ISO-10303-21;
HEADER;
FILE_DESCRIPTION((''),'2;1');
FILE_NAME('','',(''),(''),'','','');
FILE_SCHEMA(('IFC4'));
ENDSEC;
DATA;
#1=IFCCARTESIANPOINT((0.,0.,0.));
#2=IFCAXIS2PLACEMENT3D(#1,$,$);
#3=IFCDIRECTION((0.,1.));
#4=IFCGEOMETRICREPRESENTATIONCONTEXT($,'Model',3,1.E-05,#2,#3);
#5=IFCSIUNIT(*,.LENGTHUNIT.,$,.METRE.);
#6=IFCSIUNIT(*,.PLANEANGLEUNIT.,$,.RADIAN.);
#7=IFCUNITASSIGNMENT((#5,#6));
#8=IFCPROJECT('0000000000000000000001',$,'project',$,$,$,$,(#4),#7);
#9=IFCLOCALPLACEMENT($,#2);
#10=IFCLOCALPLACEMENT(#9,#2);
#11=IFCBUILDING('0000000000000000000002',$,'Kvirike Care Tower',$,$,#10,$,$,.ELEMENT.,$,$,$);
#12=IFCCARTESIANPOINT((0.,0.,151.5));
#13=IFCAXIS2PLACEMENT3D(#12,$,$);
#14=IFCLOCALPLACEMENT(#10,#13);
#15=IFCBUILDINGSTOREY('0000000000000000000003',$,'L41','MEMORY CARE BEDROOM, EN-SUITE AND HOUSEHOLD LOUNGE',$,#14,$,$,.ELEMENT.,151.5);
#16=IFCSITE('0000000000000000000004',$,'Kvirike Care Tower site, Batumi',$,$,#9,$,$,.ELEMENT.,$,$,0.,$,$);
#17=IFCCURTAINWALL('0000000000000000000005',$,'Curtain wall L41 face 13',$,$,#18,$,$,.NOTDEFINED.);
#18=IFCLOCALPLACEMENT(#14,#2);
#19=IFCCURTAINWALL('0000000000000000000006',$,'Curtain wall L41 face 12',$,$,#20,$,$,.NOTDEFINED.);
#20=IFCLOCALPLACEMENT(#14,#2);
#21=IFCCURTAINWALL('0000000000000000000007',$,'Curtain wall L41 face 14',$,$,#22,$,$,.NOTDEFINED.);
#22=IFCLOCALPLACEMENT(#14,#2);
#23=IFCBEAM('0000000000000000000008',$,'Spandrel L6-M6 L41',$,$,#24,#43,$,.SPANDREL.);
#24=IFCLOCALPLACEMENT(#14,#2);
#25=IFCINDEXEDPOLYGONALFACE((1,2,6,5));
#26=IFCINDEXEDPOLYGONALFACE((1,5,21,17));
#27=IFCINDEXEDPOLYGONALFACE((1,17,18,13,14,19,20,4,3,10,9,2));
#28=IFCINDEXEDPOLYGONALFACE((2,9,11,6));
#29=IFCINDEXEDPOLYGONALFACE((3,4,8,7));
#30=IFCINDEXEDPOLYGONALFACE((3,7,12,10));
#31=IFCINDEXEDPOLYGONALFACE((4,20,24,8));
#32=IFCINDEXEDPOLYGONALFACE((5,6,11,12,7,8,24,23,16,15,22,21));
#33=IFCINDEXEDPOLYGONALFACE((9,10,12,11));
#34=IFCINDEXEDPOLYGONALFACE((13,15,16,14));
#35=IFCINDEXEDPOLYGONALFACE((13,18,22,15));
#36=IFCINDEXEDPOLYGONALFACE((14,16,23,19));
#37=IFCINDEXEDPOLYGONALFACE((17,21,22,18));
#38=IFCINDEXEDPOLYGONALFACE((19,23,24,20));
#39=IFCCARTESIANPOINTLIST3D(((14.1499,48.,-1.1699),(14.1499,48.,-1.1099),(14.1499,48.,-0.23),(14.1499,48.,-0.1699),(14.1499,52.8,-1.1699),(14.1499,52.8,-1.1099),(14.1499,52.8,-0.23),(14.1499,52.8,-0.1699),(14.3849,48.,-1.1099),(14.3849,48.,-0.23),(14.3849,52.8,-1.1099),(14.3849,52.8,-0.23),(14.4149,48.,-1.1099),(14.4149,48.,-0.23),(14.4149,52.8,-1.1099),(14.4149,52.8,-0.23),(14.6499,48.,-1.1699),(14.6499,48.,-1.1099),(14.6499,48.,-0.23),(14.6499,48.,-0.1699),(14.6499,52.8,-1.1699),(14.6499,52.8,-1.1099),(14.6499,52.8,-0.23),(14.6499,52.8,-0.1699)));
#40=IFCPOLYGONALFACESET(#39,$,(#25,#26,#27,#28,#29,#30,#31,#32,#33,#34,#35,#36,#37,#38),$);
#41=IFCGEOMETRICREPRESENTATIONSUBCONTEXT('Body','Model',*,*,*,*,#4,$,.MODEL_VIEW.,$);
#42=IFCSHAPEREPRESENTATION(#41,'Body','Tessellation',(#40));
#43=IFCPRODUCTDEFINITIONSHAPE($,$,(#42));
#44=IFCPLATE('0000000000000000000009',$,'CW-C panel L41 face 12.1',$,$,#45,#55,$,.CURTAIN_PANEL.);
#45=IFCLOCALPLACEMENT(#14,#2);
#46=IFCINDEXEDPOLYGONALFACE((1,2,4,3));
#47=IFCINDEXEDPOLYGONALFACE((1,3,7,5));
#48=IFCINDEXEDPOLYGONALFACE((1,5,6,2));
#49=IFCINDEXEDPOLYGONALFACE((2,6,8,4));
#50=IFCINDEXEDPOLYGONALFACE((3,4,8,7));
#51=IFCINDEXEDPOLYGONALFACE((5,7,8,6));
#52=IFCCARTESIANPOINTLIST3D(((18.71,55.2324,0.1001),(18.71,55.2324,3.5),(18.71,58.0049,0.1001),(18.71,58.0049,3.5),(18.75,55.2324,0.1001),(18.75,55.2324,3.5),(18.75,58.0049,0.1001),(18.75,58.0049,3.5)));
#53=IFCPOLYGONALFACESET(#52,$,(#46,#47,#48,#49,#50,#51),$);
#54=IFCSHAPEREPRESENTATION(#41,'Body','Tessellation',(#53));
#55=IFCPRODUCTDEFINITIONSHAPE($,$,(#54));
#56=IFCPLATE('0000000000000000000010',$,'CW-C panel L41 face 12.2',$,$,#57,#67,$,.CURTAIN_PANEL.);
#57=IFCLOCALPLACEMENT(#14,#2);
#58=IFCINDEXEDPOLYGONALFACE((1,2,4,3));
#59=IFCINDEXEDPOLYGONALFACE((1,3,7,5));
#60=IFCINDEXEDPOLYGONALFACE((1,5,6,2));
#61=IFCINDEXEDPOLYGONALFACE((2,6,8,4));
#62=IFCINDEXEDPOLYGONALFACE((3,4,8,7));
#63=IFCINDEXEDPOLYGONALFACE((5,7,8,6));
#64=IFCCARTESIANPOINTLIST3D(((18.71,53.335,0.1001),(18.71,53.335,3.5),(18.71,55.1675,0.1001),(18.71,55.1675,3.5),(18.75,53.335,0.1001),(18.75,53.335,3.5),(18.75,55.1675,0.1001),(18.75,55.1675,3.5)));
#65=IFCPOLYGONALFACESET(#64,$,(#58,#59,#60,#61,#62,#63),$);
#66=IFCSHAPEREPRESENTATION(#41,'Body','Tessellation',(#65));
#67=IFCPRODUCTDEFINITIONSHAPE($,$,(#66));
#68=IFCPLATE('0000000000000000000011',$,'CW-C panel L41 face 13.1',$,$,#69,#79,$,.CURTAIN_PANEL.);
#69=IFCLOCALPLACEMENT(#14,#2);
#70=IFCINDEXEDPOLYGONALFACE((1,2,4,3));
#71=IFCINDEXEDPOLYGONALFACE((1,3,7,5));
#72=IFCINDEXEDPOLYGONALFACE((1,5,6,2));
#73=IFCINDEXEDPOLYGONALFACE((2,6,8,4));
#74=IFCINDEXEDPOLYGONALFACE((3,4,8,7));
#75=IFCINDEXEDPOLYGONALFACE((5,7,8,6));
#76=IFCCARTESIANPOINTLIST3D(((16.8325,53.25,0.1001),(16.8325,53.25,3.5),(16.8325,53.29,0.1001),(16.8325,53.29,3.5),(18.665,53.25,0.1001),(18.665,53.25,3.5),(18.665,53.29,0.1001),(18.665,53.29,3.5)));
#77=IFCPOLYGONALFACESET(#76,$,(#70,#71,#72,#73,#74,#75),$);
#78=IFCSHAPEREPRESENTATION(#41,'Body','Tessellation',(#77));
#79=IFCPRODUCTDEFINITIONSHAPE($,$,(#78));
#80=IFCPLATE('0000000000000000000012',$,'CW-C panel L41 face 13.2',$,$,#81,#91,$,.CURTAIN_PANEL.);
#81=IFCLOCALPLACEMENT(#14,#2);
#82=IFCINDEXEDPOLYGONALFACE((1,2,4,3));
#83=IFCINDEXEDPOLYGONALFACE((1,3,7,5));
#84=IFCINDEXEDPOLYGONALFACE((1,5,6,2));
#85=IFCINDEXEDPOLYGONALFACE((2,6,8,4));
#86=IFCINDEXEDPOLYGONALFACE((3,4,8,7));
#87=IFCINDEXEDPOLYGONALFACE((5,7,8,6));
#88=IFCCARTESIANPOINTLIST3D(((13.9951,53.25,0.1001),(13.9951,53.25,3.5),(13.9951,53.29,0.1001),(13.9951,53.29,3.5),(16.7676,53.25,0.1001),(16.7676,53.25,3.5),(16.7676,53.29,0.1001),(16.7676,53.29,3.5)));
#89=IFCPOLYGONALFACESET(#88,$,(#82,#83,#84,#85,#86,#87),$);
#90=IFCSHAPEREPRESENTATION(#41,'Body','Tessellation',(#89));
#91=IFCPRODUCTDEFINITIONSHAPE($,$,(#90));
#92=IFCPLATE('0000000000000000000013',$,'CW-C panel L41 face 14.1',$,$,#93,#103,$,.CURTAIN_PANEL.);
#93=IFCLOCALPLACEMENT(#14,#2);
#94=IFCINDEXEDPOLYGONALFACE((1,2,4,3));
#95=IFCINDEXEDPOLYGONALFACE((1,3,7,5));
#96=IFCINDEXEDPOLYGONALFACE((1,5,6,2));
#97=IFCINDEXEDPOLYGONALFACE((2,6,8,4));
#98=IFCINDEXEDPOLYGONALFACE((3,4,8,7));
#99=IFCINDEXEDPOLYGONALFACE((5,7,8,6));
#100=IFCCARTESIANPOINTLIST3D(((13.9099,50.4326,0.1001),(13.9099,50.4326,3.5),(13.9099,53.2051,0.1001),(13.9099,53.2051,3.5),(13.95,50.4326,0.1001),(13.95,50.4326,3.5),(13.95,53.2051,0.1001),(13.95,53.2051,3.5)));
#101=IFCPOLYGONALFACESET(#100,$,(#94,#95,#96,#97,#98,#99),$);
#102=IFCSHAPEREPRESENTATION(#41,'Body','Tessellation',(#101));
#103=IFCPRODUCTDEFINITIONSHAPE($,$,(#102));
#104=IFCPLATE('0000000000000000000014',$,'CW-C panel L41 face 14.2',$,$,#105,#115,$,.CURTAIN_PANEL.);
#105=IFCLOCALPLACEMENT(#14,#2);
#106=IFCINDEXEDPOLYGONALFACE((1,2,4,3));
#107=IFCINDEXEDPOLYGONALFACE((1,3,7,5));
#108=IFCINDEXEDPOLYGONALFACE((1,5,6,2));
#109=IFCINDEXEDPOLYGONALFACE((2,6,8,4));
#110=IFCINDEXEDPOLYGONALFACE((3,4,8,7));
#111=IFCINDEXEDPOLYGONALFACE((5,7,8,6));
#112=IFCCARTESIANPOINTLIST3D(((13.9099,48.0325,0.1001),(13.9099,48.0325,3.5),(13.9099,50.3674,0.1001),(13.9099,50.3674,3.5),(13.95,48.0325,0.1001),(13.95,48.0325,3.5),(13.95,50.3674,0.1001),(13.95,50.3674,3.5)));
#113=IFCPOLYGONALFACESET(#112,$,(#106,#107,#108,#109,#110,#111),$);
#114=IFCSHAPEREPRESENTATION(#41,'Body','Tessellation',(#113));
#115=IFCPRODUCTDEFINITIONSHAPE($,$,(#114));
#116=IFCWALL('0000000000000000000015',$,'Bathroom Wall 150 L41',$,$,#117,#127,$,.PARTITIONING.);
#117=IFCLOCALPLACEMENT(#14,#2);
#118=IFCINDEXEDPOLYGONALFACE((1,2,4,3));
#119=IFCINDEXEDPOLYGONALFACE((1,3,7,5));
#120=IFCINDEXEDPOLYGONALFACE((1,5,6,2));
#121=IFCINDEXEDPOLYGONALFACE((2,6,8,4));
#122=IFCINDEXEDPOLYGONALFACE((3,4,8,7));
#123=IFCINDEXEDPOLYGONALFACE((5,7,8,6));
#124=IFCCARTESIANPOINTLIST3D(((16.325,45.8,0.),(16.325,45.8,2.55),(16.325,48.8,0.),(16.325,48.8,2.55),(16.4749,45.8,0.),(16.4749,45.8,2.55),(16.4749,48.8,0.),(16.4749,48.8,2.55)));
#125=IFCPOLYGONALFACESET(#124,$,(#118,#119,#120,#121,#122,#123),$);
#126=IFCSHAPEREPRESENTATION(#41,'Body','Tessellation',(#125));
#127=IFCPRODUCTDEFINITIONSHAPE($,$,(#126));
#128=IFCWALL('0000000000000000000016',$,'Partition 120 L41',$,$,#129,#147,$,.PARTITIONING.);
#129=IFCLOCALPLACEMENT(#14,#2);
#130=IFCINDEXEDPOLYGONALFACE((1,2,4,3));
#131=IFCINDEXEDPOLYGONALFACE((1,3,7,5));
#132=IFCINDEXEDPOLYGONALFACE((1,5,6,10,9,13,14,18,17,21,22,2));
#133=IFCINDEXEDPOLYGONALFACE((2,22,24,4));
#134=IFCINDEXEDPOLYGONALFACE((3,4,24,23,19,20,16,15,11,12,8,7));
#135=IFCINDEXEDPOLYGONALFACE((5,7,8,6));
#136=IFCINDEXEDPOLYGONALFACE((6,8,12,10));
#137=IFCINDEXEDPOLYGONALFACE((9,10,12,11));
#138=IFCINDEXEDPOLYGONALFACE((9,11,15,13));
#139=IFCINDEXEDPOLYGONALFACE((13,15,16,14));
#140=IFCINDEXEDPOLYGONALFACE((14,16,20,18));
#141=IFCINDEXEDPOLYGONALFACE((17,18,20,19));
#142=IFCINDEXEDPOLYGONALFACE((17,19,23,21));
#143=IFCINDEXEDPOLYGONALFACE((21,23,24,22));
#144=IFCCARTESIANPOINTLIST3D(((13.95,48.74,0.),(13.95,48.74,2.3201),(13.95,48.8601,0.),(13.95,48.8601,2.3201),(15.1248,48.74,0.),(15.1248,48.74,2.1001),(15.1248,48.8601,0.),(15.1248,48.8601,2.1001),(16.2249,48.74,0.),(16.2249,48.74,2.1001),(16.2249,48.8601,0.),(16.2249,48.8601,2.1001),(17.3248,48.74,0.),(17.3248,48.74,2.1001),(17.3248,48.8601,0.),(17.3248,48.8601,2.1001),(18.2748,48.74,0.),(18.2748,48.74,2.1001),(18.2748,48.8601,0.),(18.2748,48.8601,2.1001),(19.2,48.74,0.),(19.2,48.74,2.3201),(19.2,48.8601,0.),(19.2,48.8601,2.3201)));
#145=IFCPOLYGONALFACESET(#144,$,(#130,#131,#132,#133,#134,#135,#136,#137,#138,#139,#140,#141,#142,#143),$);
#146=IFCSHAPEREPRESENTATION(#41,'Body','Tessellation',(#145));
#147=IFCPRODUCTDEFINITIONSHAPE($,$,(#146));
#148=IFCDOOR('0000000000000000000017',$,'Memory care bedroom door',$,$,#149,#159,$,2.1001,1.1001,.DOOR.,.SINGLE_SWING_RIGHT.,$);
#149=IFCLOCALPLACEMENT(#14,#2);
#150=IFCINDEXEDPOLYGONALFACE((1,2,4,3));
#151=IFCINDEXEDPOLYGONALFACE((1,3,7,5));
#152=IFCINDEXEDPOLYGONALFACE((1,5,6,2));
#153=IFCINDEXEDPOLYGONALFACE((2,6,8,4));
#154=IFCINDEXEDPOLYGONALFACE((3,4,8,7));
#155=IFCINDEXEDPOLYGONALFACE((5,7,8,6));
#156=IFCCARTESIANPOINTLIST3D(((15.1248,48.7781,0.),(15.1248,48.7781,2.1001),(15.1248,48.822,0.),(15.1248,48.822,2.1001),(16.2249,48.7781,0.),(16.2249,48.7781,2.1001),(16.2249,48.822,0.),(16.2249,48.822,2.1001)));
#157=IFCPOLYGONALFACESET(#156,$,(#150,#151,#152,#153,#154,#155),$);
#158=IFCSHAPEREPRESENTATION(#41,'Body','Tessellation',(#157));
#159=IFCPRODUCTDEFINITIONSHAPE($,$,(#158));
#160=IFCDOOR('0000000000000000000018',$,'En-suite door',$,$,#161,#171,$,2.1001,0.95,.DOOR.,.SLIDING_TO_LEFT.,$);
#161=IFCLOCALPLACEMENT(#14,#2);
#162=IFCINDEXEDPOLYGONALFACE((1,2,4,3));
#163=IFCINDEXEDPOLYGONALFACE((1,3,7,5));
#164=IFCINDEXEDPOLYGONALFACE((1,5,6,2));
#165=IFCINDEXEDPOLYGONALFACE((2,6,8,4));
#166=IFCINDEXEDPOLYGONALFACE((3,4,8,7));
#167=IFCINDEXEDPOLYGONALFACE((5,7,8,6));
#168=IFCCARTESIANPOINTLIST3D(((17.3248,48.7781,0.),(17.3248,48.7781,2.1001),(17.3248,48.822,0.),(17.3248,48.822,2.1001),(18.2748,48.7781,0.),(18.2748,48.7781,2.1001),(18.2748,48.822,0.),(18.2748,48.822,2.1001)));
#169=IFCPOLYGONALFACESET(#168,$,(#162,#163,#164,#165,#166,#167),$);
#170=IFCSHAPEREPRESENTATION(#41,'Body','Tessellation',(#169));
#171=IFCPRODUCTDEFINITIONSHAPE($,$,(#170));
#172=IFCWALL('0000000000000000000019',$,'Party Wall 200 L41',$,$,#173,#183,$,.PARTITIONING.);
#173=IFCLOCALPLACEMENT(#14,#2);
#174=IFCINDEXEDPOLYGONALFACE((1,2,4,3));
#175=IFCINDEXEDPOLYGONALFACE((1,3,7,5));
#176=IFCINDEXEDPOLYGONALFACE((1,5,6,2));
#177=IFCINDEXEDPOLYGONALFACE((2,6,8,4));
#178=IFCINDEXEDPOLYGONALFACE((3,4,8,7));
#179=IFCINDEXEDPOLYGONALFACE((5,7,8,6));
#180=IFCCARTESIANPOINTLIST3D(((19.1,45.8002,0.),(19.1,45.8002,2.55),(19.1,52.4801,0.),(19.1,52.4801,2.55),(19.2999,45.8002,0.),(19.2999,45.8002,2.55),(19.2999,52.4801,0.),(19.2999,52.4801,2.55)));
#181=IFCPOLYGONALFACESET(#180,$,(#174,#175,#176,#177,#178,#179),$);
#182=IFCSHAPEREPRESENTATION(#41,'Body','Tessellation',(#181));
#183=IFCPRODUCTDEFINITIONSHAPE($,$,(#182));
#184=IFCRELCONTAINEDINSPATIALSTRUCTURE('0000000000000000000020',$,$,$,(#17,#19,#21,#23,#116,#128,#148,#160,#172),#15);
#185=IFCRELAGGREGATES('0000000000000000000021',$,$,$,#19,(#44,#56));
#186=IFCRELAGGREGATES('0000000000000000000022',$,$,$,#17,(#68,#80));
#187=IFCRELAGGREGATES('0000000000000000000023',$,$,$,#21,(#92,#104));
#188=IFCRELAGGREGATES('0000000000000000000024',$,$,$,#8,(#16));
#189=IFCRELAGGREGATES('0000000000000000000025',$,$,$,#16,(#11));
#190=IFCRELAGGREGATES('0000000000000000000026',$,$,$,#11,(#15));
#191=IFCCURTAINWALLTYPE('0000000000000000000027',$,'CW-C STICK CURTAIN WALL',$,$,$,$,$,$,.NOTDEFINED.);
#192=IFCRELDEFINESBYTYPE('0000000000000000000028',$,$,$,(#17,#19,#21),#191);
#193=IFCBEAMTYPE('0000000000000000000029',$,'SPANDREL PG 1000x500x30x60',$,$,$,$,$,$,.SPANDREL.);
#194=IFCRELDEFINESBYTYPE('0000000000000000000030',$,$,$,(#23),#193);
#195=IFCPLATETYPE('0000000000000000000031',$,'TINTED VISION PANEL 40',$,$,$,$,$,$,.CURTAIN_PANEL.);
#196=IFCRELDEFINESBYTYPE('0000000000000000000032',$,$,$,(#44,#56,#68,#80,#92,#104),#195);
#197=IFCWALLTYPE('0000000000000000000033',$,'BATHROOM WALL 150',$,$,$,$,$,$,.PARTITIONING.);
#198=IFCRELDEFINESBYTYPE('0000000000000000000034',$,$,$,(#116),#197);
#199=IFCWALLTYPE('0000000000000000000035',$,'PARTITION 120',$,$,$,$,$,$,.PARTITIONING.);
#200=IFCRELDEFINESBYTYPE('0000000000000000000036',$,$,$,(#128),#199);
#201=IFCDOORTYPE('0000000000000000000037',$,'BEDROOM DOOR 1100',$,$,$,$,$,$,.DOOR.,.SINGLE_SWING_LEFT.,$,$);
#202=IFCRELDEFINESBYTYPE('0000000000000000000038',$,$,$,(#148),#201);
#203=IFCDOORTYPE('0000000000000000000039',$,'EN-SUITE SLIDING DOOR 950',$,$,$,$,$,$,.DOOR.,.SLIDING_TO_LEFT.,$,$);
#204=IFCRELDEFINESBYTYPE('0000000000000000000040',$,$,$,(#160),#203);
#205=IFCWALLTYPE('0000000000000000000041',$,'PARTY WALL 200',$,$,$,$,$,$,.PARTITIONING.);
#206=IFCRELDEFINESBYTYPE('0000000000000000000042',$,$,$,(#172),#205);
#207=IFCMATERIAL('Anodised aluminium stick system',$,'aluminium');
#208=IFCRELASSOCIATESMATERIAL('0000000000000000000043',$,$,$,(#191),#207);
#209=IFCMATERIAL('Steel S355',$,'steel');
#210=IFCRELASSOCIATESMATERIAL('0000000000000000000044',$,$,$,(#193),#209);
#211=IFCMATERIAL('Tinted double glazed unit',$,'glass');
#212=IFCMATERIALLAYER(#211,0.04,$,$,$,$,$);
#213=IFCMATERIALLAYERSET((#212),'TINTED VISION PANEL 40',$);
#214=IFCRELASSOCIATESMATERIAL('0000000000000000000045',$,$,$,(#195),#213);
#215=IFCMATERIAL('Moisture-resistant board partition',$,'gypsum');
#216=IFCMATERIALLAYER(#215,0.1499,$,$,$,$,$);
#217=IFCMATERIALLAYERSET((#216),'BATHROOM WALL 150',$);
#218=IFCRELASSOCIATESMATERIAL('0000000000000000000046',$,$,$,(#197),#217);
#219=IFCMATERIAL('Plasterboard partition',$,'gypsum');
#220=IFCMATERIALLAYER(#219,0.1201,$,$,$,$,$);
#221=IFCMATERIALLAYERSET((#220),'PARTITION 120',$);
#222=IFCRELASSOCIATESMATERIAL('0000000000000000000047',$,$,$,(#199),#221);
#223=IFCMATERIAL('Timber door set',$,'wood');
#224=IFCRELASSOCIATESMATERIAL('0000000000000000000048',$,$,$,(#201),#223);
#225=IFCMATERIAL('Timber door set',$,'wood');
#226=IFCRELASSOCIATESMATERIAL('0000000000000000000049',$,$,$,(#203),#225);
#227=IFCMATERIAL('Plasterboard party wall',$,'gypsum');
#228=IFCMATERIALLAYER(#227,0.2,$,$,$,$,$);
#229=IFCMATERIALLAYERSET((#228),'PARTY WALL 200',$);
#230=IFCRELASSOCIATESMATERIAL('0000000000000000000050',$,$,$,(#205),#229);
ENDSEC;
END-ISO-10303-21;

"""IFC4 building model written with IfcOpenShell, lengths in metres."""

from ifc_helpers import new_model, si_unit, direction, frame, frame_2d, origin, origin_2d, place, context, subcontext, project, spatial, rectangle, i_section, extrude, material, layer, layer_set, material_profile, profile_set, type_object, element, fill, aggregate, save


model = new_model("IFC4")

# Units and contexts
model_context = context("Model", 3, precision=1e-05, world=origin(), true_north=direction((0.0, 1.0)))
body_context = subcontext(model_context, "Body", "Model", "MODEL_VIEW")
ifc_project = project(units=[si_unit("LENGTHUNIT", "METRE"), si_unit("PLANEANGLEUNIT", "RADIAN")], contexts=[model_context])

# Site, building, storey
site_placement = place(None, origin())
site = spatial("IfcSite", under=ifc_project, at=site_placement, Name="Kvirike Care Tower site, Batumi", CompositionType="ELEMENT", RefElevation=0.0)
building_placement = place(site_placement, origin())
building = spatial("IfcBuilding", under=site, at=building_placement, Name="Kvirike Care Tower", CompositionType="ELEMENT")
storey_placement = place(building_placement, frame((0.0, 0.0, 151.5)))
storey = spatial("IfcBuildingStorey", under=building, at=storey_placement, Name="L41", Description="MEMORY CARE BEDROOM, EN-SUITE AND HOUSEHOLD LOUNGE", CompositionType="ELEMENT", Elevation=151.5)

# Curtain wall
ifc_material_1 = material(Name="Anodised aluminium stick system", Category="aluminium")
curtain_wall_type = type_object("IfcCurtainWallType", Name="CW-C STICK CURTAIN WALL", PredefinedType="NOTDEFINED", material=ifc_material_1)
curtain_wall_1_placement = place(storey_placement, origin())
curtain_wall_1 = element("IfcCurtainWall", 1, at=curtain_wall_1_placement, inside=storey, type_object=curtain_wall_type, Name="Curtain wall L41 face 13", PredefinedType="NOTDEFINED")

# Curtain wall
curtain_wall_2_placement = place(storey_placement, origin())
curtain_wall_2 = element("IfcCurtainWall", 2, at=curtain_wall_2_placement, inside=storey, type_object=curtain_wall_type, Name="Curtain wall L41 face 12", PredefinedType="NOTDEFINED")

# Curtain wall
curtain_wall_3_placement = place(storey_placement, origin())
curtain_wall_3 = element("IfcCurtainWall", 3, at=curtain_wall_3_placement, inside=storey, type_object=curtain_wall_type, Name="Curtain wall L41 face 14", PredefinedType="NOTDEFINED")

# Beam
ifc_material_2 = material(Name="Steel S355", Category="steel")
ifc_material_profile_1 = material_profile(ifc_material_2, i_section(OverallWidth=0.5, OverallDepth=1.0, WebThickness=0.03, FlangeThickness=0.0601, at=origin_2d()), Name="PG 1000x500x30x60")
ifc_profile_set_1 = profile_set([ifc_material_profile_1], Name="Steel S355")
beam_type_1 = type_object("IfcBeamType", Name="SPANDREL PG 1000x500x30x60", PredefinedType="SPANDREL", material=ifc_profile_set_1)
for number, where, z_axis, x_axis, name in (
    (4, (14.3999, 48.0, -0.6699), (0.0, 1.0, 0.0), (-1.0, 0.0, 0.0), "Spandrel L6-M6 L41"),
):
    element("IfcBeam", number, at=place(storey_placement, frame(where, z_axis=z_axis, x_axis=x_axis)), inside=storey, type_object=beam_type_1, Name=name, PredefinedType="SPANDREL", context=body_context, shape_type="SweptSolid", body=[
        extrude(i_section(OverallWidth=0.5, OverallDepth=1.0, WebThickness=0.03, FlangeThickness=0.0601, at=origin_2d()), origin(), (0.0, 0.0, 1.0), 4.8),
    ])

# Plates
ifc_material_3 = material(Name="Tinted double glazed unit", Category="glass")
ifc_layer_1 = layer(ifc_material_3, 0.04)
ifc_layer_set_1 = layer_set([ifc_layer_1], Name="TINTED VISION PANEL 40")
plate_type = type_object("IfcPlateType", Name="TINTED VISION PANEL 40", PredefinedType="CURTAIN_PANEL", material=ifc_layer_set_1)
plate_1_placement = place(storey_placement, frame((18.73, 56.6187, 0.1001), z_axis=(0.0, 0.0, 1.0), x_axis=(0.0, -1.0, 0.0)))
plate_1 = element("IfcPlate", 5, at=plate_1_placement, type_object=plate_type, Name="CW-C panel L41 face 12.1", PredefinedType="CURTAIN_PANEL", context=body_context, shape_type="SweptSolid", body=[
    extrude(rectangle(XDim=2.7725, YDim=0.04, at=origin_2d()), origin(), (0.0, 0.0, 1.0), 3.3999),
])
plate_2_placement = place(storey_placement, frame((18.73, 54.2512, 0.1001), z_axis=(0.0, 0.0, 1.0), x_axis=(0.0, -1.0, 0.0)))
plate_2 = element("IfcPlate", 6, at=plate_2_placement, type_object=plate_type, Name="CW-C panel L41 face 12.2", PredefinedType="CURTAIN_PANEL", context=body_context, shape_type="SweptSolid", body=[
    extrude(rectangle(XDim=1.8325, YDim=0.04, at=origin_2d()), origin(), (0.0, 0.0, 1.0), 3.3999),
])
aggregate(curtain_wall_2, [plate_1, plate_2])
plate_3_placement = place(storey_placement, frame((17.7488, 53.27, 0.1001), z_axis=(0.0, 0.0, 1.0), x_axis=(-1.0, 0.0, 0.0)))
plate_3 = element("IfcPlate", 7, at=plate_3_placement, type_object=plate_type, Name="CW-C panel L41 face 13.1", PredefinedType="CURTAIN_PANEL", context=body_context, shape_type="SweptSolid", body=[
    extrude(rectangle(XDim=1.8325, YDim=0.04, at=origin_2d()), origin(), (0.0, 0.0, 1.0), 3.3999),
])
plate_4_placement = place(storey_placement, frame((15.3813, 53.27, 0.1001), z_axis=(0.0, 0.0, 1.0), x_axis=(-1.0, 0.0, 0.0)))
plate_4 = element("IfcPlate", 8, at=plate_4_placement, type_object=plate_type, Name="CW-C panel L41 face 13.2", PredefinedType="CURTAIN_PANEL", context=body_context, shape_type="SweptSolid", body=[
    extrude(rectangle(XDim=2.7725, YDim=0.04, at=origin_2d()), origin(), (0.0, 0.0, 1.0), 3.3999),
])
aggregate(curtain_wall_1, [plate_3, plate_4])
plate_5_placement = place(storey_placement, frame((13.9299, 51.8188, 0.1001), z_axis=(0.0, 0.0, 1.0), x_axis=(0.0, -1.0, 0.0)))
plate_5 = element("IfcPlate", 9, at=plate_5_placement, type_object=plate_type, Name="CW-C panel L41 face 14.1", PredefinedType="CURTAIN_PANEL", context=body_context, shape_type="SweptSolid", body=[
    extrude(rectangle(XDim=2.7725, YDim=0.04, at=origin_2d()), origin(), (0.0, 0.0, 1.0), 3.3999),
])
plate_6_placement = place(storey_placement, frame((13.9299, 49.2, 0.1001), z_axis=(0.0, 0.0, 1.0), x_axis=(0.0, -1.0, 0.0)))
plate_6 = element("IfcPlate", 10, at=plate_6_placement, type_object=plate_type, Name="CW-C panel L41 face 14.2", PredefinedType="CURTAIN_PANEL", context=body_context, shape_type="SweptSolid", body=[
    extrude(rectangle(XDim=2.335, YDim=0.04, at=origin_2d()), origin(), (0.0, 0.0, 1.0), 3.3999),
])
aggregate(curtain_wall_3, [plate_5, plate_6])

# Wall
ifc_material_4 = material(Name="Moisture-resistant board partition", Category="gypsum")
ifc_layer_2 = layer(ifc_material_4, 0.1499)
ifc_layer_set_2 = layer_set([ifc_layer_2], Name="BATHROOM WALL 150")
wall_type_1 = type_object("IfcWallType", Name="BATHROOM WALL 150", PredefinedType="PARTITIONING", material=ifc_layer_set_2)
wall_1_placement = place(storey_placement, frame((16.3999, 48.8, 0.0), z_axis=(0.0, 0.0, 1.0), x_axis=(0.0, -1.0, 0.0)))
element("IfcWall", 11, at=wall_1_placement, inside=storey, type_object=wall_type_1, Name="Bathroom Wall 150 L41", PredefinedType="PARTITIONING", context=body_context, shape_type="SweptSolid", body=[
    extrude(rectangle(XDim=3.0, YDim=0.1499, at=frame_2d((1.5, 0.0))), origin(), (0.0, 0.0, 1.0), 2.55),
])

# Wall, openings, doors
ifc_material_5 = material(Name="Plasterboard partition", Category="gypsum")
ifc_layer_3 = layer(ifc_material_5, 0.1201)
ifc_layer_set_3 = layer_set([ifc_layer_3], Name="PARTITION 120")
wall_type_2 = type_object("IfcWallType", Name="PARTITION 120", PredefinedType="PARTITIONING", material=ifc_layer_set_3)
wall_2_placement = place(storey_placement, frame((19.2, 48.8, 0.0), z_axis=(0.0, 0.0, 1.0), x_axis=(-1.0, 0.0, 0.0)))
wall_2 = element("IfcWall", 12, at=wall_2_placement, inside=storey, type_object=wall_type_2, Name="Partition 120 L41", PredefinedType="PARTITIONING", context=body_context, shape_type="SweptSolid", body=[
    extrude(rectangle(XDim=5.25, YDim=0.1201, at=frame_2d((2.625, 0.0))), origin(), (0.0, 0.0, 1.0), 2.3201),
])
opening_1_placement = place(wall_2_placement, frame((2.9751, 0.0, 0.0)))
opening_1 = element("IfcOpeningElement", 13, at=opening_1_placement, cuts=wall_2, PredefinedType="OPENING", context=body_context, shape_type="SweptSolid", body=[
    extrude(rectangle(XDim=1.1001, YDim=2.1001, at=frame_2d((0.55, 1.05))), frame((0.0, 0.0706, 0.0), z_axis=(0.0, -1.0, 0.0), x_axis=(1.0, 0.0, 0.0)), (0.0, 0.0, 1.0), 0.1411),
])
opening_2_placement = place(wall_2_placement, frame((0.925, 0.0, 0.0)))
opening_2 = element("IfcOpeningElement", 14, at=opening_2_placement, cuts=wall_2, PredefinedType="OPENING", context=body_context, shape_type="SweptSolid", body=[
    extrude(rectangle(XDim=0.95, YDim=2.1001, at=frame_2d((0.4751, 1.05))), frame((0.0, 0.0706, 0.0), z_axis=(0.0, -1.0, 0.0), x_axis=(1.0, 0.0, 0.0)), (0.0, 0.0, 1.0), 0.1411),
])
ifc_material_6 = material(Name="Timber door set", Category="wood")
door_type_1 = type_object("IfcDoorType", Name="BEDROOM DOOR 1100", OperationType="SINGLE_SWING_LEFT", PredefinedType="DOOR", material=ifc_material_6)
door_1_placement = place(opening_1_placement, origin())
door_1 = element("IfcDoor", 15, at=door_1_placement, inside=storey, type_object=door_type_1, Name="Memory care bedroom door", OperationType="SINGLE_SWING_RIGHT", OverallHeight=2.1001, OverallWidth=1.1001, PredefinedType="DOOR", context=body_context, shape_type="SweptSolid", body=[
    extrude(rectangle(XDim=1.1001, YDim=2.1001, at=frame_2d((0.55, 1.05))), frame((0.0, 0.022, 0.0), z_axis=(0.0, -1.0, 0.0), x_axis=(1.0, 0.0, 0.0)), (0.0, 0.0, 1.0), 0.0439),
])
fill(opening_1, door_1)
ifc_material_7 = material(Name="Timber door set", Category="wood")
door_type_2 = type_object("IfcDoorType", Name="EN-SUITE SLIDING DOOR 950", OperationType="SLIDING_TO_LEFT", PredefinedType="DOOR", material=ifc_material_7)
door_2_placement = place(opening_2_placement, origin())
door_2 = element("IfcDoor", 16, at=door_2_placement, inside=storey, type_object=door_type_2, Name="En-suite door", OperationType="SLIDING_TO_LEFT", OverallHeight=2.1001, OverallWidth=0.95, PredefinedType="DOOR", context=body_context, shape_type="SweptSolid", body=[
    extrude(rectangle(XDim=0.95, YDim=2.1001, at=frame_2d((0.4751, 1.05))), frame((0.0, 0.022, 0.0), z_axis=(0.0, -1.0, 0.0), x_axis=(1.0, 0.0, 0.0)), (0.0, 0.0, 1.0), 0.0439),
])
fill(opening_2, door_2)

# Wall
ifc_material_8 = material(Name="Plasterboard party wall", Category="gypsum")
ifc_layer_4 = layer(ifc_material_8, 0.2)
ifc_layer_set_4 = layer_set([ifc_layer_4], Name="PARTY WALL 200")
wall_type_3 = type_object("IfcWallType", Name="PARTY WALL 200", PredefinedType="PARTITIONING", material=ifc_layer_set_4)
wall_3_placement = place(storey_placement, frame((19.2, 52.48, 0.0), z_axis=(0.0, 0.0, 1.0), x_axis=(0.0, -1.0, 0.0)))
element("IfcWall", 17, at=wall_3_placement, inside=storey, type_object=wall_type_3, Name="Party Wall 200 L41", PredefinedType="PARTITIONING", context=body_context, shape_type="SweptSolid", body=[
    extrude(rectangle(XDim=6.6799, YDim=0.2, at=frame_2d((3.3398, 0.0))), origin(), (0.0, 0.0, 1.0), 2.55),
])

save(model, "model.ifc")
